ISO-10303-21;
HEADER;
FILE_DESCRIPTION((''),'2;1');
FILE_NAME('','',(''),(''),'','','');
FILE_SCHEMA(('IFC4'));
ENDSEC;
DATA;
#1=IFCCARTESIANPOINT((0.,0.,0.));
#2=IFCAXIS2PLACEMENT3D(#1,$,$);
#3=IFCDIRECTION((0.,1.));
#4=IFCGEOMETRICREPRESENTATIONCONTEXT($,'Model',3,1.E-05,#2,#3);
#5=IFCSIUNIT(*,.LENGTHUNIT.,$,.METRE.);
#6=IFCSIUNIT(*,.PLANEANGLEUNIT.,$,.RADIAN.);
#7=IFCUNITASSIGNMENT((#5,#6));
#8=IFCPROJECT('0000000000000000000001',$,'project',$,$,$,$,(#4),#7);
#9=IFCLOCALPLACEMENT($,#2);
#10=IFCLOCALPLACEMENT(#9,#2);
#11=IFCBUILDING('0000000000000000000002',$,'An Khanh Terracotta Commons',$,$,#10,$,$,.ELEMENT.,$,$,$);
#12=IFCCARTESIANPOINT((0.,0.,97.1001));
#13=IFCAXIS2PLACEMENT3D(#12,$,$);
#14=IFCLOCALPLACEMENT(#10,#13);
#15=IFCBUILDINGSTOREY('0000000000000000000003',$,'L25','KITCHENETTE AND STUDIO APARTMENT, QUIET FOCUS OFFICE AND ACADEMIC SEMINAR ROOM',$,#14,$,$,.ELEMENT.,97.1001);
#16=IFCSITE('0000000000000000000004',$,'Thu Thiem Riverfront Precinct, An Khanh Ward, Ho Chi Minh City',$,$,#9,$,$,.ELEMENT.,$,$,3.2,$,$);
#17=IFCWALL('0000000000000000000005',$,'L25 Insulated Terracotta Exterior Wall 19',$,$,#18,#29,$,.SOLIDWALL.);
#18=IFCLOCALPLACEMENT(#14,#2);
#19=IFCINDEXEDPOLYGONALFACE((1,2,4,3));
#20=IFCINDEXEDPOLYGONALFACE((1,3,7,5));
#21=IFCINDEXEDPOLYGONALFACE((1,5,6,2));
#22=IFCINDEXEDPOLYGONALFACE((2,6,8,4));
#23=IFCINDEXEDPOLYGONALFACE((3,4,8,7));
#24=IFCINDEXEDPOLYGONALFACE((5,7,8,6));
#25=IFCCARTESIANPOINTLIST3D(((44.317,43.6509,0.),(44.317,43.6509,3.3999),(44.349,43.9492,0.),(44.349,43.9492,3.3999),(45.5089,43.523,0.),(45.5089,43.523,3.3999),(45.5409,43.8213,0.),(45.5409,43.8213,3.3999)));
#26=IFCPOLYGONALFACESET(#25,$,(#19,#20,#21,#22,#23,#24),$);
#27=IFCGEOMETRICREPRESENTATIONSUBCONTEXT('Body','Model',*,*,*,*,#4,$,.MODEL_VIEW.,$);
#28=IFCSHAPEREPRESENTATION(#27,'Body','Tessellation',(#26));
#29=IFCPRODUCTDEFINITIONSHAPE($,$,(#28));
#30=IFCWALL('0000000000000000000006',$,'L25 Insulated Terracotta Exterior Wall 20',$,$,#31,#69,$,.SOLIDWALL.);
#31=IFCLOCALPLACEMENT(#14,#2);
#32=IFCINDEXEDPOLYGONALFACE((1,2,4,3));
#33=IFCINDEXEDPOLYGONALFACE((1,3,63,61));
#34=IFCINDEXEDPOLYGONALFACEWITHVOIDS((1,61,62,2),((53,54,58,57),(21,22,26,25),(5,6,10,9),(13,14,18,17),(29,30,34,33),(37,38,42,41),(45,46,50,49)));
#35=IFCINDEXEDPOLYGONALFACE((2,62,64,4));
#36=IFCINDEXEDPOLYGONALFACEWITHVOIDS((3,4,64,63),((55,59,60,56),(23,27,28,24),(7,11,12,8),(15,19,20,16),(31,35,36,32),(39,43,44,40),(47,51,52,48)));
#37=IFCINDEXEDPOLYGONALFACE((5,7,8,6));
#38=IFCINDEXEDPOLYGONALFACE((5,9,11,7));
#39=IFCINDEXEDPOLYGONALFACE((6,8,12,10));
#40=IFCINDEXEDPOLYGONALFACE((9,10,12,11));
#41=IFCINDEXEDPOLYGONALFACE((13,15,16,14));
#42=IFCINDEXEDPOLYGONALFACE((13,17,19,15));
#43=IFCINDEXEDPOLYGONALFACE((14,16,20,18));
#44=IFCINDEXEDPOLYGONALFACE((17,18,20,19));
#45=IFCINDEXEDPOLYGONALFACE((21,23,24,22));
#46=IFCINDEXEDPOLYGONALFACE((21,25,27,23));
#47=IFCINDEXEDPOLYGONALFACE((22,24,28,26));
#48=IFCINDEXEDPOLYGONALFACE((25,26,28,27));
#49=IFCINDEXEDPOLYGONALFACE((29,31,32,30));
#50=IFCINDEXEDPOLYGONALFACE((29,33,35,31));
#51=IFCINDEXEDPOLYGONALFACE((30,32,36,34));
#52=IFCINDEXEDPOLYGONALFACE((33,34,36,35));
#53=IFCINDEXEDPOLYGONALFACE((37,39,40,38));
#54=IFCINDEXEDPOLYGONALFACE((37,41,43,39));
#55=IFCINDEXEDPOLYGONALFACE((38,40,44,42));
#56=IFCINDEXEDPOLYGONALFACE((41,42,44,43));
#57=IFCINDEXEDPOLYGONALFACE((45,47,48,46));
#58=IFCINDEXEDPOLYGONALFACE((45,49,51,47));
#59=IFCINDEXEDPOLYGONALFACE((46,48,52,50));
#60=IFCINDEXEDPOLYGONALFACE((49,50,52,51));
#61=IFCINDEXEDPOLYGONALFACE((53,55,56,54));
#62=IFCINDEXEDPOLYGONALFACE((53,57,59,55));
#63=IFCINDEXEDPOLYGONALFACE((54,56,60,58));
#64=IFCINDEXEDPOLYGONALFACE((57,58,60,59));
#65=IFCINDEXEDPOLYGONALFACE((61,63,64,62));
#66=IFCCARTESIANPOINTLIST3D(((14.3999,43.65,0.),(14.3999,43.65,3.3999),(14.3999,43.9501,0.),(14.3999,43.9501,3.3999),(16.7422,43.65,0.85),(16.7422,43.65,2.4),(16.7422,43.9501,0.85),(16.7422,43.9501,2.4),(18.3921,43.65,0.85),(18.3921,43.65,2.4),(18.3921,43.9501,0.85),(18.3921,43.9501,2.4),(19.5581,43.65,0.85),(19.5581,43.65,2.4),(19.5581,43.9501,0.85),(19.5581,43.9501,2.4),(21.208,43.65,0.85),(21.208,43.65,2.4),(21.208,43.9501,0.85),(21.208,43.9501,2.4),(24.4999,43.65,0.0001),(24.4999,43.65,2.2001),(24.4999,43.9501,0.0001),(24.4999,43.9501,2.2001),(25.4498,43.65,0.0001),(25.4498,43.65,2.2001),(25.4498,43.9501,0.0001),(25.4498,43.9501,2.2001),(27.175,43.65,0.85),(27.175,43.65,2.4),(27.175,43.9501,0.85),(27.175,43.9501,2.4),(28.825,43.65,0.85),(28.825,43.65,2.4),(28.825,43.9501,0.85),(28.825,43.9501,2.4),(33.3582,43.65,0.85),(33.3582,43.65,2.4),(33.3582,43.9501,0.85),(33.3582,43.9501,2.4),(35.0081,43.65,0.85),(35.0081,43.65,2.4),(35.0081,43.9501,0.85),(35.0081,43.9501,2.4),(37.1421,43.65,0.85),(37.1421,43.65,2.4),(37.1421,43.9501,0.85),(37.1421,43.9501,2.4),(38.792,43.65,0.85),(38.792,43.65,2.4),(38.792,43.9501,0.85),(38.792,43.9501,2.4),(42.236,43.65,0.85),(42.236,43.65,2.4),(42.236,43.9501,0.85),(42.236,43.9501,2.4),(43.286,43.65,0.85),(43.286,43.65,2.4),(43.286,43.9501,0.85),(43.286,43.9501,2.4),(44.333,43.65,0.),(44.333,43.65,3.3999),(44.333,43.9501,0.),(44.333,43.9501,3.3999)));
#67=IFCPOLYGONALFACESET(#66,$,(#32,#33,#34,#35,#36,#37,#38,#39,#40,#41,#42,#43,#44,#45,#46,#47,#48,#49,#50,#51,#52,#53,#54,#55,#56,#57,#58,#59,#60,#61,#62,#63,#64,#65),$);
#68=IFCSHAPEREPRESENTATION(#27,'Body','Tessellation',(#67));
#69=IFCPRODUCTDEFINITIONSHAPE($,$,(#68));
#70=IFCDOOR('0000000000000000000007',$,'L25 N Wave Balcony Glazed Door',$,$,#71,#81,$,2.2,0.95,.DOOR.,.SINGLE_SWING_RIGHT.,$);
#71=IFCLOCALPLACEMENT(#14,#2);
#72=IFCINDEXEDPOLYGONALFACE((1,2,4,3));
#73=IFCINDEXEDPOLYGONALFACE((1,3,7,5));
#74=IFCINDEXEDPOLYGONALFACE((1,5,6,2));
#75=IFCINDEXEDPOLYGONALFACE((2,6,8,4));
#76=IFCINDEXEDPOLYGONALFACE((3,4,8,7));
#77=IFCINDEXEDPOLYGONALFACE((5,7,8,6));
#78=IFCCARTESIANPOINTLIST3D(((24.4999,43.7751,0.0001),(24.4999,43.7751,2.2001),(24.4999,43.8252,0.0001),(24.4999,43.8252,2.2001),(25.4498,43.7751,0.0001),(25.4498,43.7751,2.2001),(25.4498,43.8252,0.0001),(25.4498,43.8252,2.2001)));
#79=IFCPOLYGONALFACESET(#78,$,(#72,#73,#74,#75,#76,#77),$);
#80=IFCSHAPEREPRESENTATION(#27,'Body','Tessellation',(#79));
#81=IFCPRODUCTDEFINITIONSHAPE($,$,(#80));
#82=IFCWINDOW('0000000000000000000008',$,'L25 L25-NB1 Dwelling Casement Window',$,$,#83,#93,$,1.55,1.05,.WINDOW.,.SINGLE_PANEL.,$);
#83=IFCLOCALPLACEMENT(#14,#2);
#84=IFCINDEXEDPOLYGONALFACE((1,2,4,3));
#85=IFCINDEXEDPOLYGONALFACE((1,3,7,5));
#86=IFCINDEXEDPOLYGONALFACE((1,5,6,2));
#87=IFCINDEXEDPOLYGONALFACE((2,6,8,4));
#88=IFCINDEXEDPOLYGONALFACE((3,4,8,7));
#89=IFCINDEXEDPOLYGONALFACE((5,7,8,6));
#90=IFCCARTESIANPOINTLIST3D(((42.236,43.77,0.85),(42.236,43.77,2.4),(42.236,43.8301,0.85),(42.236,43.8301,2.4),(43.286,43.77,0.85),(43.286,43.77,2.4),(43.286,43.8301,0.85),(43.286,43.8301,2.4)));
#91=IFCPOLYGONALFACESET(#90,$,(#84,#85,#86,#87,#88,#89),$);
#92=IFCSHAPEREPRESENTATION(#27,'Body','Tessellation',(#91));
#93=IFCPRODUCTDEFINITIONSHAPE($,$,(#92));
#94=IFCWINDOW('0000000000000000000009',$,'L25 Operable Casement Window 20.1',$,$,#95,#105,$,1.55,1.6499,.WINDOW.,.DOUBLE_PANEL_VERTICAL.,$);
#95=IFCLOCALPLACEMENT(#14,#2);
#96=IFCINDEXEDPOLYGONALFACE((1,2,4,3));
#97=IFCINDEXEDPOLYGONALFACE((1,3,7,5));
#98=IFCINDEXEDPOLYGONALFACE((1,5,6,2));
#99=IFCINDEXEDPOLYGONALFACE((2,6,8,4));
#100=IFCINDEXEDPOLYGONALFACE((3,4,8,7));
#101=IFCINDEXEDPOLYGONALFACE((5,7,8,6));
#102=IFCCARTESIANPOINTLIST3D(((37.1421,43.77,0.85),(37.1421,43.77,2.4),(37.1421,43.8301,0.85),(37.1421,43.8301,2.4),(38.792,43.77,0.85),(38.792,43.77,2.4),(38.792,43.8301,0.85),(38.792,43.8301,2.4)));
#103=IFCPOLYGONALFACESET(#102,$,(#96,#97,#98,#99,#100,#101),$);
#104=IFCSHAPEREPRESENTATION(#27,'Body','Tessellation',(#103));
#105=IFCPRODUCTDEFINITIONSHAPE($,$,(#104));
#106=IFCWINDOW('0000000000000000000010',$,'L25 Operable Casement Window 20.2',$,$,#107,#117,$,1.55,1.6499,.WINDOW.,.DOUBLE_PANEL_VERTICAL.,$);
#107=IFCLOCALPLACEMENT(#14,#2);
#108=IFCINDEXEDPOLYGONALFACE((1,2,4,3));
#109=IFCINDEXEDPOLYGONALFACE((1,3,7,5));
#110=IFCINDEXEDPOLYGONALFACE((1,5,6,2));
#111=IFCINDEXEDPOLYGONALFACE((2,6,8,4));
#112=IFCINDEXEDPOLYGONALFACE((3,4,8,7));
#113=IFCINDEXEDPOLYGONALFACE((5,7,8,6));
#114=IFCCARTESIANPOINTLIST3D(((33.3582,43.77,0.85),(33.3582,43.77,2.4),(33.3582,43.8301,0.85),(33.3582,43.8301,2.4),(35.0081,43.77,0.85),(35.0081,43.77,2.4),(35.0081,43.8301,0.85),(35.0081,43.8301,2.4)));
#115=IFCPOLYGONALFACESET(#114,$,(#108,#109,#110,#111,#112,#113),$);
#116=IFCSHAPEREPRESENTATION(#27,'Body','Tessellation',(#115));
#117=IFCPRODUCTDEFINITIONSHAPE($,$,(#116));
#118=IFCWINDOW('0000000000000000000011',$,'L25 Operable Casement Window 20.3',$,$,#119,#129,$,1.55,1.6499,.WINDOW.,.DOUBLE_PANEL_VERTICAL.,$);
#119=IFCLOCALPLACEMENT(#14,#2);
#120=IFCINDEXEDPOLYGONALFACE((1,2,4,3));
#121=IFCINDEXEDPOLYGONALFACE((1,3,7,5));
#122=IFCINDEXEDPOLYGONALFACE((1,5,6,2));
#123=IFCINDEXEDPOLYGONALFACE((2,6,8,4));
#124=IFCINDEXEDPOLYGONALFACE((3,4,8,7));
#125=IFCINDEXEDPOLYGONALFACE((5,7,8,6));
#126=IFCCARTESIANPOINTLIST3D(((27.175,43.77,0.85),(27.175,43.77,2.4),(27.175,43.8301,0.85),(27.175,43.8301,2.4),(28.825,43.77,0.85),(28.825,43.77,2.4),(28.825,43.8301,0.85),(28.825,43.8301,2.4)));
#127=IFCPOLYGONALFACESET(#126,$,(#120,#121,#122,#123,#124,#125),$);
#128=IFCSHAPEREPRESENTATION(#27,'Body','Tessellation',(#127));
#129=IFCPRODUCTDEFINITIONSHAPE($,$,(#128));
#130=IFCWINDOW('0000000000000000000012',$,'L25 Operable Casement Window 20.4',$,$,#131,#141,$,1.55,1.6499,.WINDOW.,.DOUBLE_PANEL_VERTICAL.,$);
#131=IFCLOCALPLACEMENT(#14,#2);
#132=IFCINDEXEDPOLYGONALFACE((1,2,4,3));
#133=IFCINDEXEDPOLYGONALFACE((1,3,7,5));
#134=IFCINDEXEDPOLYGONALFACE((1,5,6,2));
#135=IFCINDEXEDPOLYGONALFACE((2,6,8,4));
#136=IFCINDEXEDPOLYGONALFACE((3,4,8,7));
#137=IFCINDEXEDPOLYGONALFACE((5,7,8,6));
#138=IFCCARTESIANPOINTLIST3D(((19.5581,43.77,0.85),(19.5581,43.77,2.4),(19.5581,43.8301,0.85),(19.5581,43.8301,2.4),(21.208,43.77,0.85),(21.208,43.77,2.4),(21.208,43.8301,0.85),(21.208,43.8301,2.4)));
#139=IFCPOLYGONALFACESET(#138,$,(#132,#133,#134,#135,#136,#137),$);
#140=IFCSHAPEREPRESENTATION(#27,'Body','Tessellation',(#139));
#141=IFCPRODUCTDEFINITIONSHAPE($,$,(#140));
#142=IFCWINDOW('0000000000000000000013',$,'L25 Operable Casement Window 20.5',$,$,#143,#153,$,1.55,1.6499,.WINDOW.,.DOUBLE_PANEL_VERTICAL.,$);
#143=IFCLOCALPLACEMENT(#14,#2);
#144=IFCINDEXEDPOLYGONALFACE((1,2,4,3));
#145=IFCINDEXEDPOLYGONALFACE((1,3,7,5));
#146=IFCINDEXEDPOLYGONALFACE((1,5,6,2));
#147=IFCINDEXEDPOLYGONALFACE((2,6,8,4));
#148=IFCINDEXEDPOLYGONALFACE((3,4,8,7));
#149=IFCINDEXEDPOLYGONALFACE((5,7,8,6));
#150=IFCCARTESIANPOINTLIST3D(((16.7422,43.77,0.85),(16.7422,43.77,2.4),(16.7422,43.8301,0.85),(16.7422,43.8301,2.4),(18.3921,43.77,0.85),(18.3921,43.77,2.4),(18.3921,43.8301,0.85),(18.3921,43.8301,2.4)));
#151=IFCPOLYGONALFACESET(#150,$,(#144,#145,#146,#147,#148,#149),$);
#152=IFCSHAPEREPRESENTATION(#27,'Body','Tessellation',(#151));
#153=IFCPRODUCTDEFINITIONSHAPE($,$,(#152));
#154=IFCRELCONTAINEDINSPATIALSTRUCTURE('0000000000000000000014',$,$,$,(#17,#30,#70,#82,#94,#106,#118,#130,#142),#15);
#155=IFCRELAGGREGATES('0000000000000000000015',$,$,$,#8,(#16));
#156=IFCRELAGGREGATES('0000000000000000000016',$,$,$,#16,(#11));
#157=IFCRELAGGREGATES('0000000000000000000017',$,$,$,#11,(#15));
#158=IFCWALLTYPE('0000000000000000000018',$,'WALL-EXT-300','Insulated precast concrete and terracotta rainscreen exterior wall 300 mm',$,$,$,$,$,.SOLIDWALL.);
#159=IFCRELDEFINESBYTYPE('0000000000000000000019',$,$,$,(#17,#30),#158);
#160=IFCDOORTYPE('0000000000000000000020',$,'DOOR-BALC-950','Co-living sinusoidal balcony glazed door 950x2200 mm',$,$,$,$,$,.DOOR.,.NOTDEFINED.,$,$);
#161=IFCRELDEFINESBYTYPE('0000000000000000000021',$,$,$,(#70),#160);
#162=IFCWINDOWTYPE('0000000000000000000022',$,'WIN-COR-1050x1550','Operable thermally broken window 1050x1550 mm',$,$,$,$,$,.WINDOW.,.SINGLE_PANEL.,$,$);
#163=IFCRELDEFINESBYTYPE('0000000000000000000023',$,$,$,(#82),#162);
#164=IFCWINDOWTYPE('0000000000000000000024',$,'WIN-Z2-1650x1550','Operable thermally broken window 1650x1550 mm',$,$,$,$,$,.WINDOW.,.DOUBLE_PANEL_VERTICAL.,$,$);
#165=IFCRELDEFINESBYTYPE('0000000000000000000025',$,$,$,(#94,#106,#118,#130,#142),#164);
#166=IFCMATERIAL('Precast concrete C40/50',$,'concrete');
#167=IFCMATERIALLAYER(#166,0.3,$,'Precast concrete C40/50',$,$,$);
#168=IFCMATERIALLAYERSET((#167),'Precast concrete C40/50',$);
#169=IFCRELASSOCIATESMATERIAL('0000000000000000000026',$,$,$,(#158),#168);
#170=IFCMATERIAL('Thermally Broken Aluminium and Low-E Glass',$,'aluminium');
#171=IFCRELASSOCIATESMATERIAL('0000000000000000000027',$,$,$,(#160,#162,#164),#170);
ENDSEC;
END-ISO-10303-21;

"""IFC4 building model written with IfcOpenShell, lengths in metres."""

from ifc_helpers import new_model, si_unit, direction, frame, frame_2d, origin, place, context, subcontext, project, spatial, rectangle, extrude, material, layer, layer_set, type_object, element, fill, save


model = new_model("IFC4")

# Units and contexts
model_context = context("Model", 3, precision=1e-05, world=origin(), true_north=direction((0.0, 1.0)))
body_context = subcontext(model_context, "Body", "Model", "MODEL_VIEW")
ifc_project = project(units=[si_unit("LENGTHUNIT", "METRE"), si_unit("PLANEANGLEUNIT", "RADIAN")], contexts=[model_context])

# Site, building, storey
site_placement = place(None, origin())
site = spatial("IfcSite", under=ifc_project, at=site_placement, Name="Thu Thiem Riverfront Precinct, An Khanh Ward, Ho Chi Minh City", CompositionType="ELEMENT", RefElevation=3.2)
building_placement = place(site_placement, origin())
building = spatial("IfcBuilding", under=site, at=building_placement, Name="An Khanh Terracotta Commons", CompositionType="ELEMENT")
storey_placement = place(building_placement, frame((0.0, 0.0, 97.1001)))
storey = spatial("IfcBuildingStorey", under=building, at=storey_placement, Name="L25", Description="KITCHENETTE AND STUDIO APARTMENT, QUIET FOCUS OFFICE AND ACADEMIC SEMINAR ROOM", CompositionType="ELEMENT", Elevation=97.1001)

# Wall
ifc_material_1 = material(Name="Precast concrete C40/50", Category="concrete")
ifc_layer_1 = layer(ifc_material_1, 0.3, Name="Precast concrete C40/50")
ifc_layer_set_1 = layer_set([ifc_layer_1], Name="Precast concrete C40/50")
wall_type_1 = type_object("IfcWallType", Name="WALL-EXT-300", Description="Insulated precast concrete and terracotta rainscreen exterior wall 300 mm", PredefinedType="SOLIDWALL", material=ifc_layer_set_1)
wall_1_placement = place(storey_placement, frame((45.5249, 43.6721, 0.0), z_axis=(0.0, 0.0, 1.0), x_axis=(-0.994289, 0.10672, 0.0)))
element("IfcWall", 1, at=wall_1_placement, inside=storey, type_object=wall_type_1, Name="L25 Insulated Terracotta Exterior Wall 19", PredefinedType="SOLIDWALL", context=body_context, shape_type="SweptSolid", body=[
    extrude(rectangle(XDim=1.1987, YDim=0.3, at=frame_2d((0.5994, 0.0))), origin(), (0.0, 0.0, 1.0), 3.3999),
])

# Wall, openings, door, windows
wall_2_placement = place(storey_placement, frame((44.333, 43.8, 0.0), z_axis=(0.0, 0.0, 1.0), x_axis=(-1.0, 0.0, 0.0)))
wall_2 = element("IfcWall", 2, at=wall_2_placement, inside=storey, type_object=wall_type_1, Name="L25 Insulated Terracotta Exterior Wall 20", PredefinedType="SOLIDWALL", context=body_context, shape_type="SweptSolid", body=[
    extrude(rectangle(XDim=29.9331, YDim=0.3, at=frame_2d((14.9666, 0.0))), origin(), (0.0, 0.0, 1.0), 3.3999),
])
opening_1_placement = place(wall_2_placement, frame((18.8831, 0.0, 0.0)))
opening_1 = element("IfcOpeningElement", 3, at=opening_1_placement, cuts=wall_2, PredefinedType="OPENING", context=body_context, shape_type="SweptSolid", body=[
    extrude(rectangle(XDim=0.95, YDim=2.2, at=frame_2d((0.4751, 1.1001))), frame((0.0, 0.1599, 0.0), z_axis=(0.0, -1.0, 0.0), x_axis=(1.0, 0.0, 0.0)), (0.0, 0.0, 1.0), 0.3201),
])
opening_2_placement = place(wall_2_placement, frame((5.541, 0.0, 0.8501)))
opening_2 = element("IfcOpeningElement", 4, at=opening_2_placement, cuts=wall_2, PredefinedType="OPENING", context=body_context, shape_type="SweptSolid", body=[
    extrude(rectangle(XDim=1.6499, YDim=1.55, at=frame_2d((0.825, 0.7749))), frame((0.0, 0.1599, 0.0), z_axis=(0.0, -1.0, 0.0), x_axis=(1.0, 0.0, 0.0)), (0.0, 0.0, 1.0), 0.3201),
])
opening_3_placement = place(wall_2_placement, frame((9.325, 0.0, 0.8501)))
opening_3 = element("IfcOpeningElement", 5, at=opening_3_placement, cuts=wall_2, PredefinedType="OPENING", context=body_context, shape_type="SweptSolid", body=[
    extrude(rectangle(XDim=1.6499, YDim=1.55, at=frame_2d((0.825, 0.7749))), frame((0.0, 0.1599, 0.0), z_axis=(0.0, -1.0, 0.0), x_axis=(1.0, 0.0, 0.0)), (0.0, 0.0, 1.0), 0.3201),
])
opening_4_placement = place(wall_2_placement, frame((15.5081, 0.0, 0.8501)))
opening_4 = element("IfcOpeningElement", 6, at=opening_4_placement, cuts=wall_2, PredefinedType="OPENING", context=body_context, shape_type="SweptSolid", body=[
    extrude(rectangle(XDim=1.6499, YDim=1.55, at=frame_2d((0.825, 0.7749))), frame((0.0, 0.1599, 0.0), z_axis=(0.0, -1.0, 0.0), x_axis=(1.0, 0.0, 0.0)), (0.0, 0.0, 1.0), 0.3201),
])
opening_5_placement = place(wall_2_placement, frame((23.125, 0.0, 0.8501)))
opening_5 = element("IfcOpeningElement", 7, at=opening_5_placement, cuts=wall_2, PredefinedType="OPENING", context=body_context, shape_type="SweptSolid", body=[
    extrude(rectangle(XDim=1.6499, YDim=1.55, at=frame_2d((0.825, 0.7749))), frame((0.0, 0.1599, 0.0), z_axis=(0.0, -1.0, 0.0), x_axis=(1.0, 0.0, 0.0)), (0.0, 0.0, 1.0), 0.3201),
])
opening_6_placement = place(wall_2_placement, frame((25.9409, 0.0, 0.8501)))
opening_6 = element("IfcOpeningElement", 8, at=opening_6_placement, cuts=wall_2, PredefinedType="OPENING", context=body_context, shape_type="SweptSolid", body=[
    extrude(rectangle(XDim=1.6499, YDim=1.55, at=frame_2d((0.825, 0.7749))), frame((0.0, 0.1599, 0.0), z_axis=(0.0, -1.0, 0.0), x_axis=(1.0, 0.0, 0.0)), (0.0, 0.0, 1.0), 0.3201),
])
opening_7_placement = place(wall_2_placement, frame((1.0471, 0.0, 0.8501)))
opening_7 = element("IfcOpeningElement", 9, at=opening_7_placement, cuts=wall_2, PredefinedType="OPENING", context=body_context, shape_type="SweptSolid", body=[
    extrude(rectangle(XDim=1.05, YDim=1.55, at=frame_2d((0.5249, 0.7749))), frame((0.0, 0.1599, 0.0), z_axis=(0.0, -1.0, 0.0), x_axis=(1.0, 0.0, 0.0)), (0.0, 0.0, 1.0), 0.3201),
])
ifc_material_2 = material(Name="Thermally Broken Aluminium and Low-E Glass", Category="aluminium")
door_type = type_object("IfcDoorType", Name="DOOR-BALC-950", Description="Co-living sinusoidal balcony glazed door 950x2200 mm", OperationType="NOTDEFINED", PredefinedType="DOOR", material=ifc_material_2)
door_placement = place(opening_1_placement, origin())
door = element("IfcDoor", 10, at=door_placement, inside=storey, type_object=door_type, Name="L25 N Wave Balcony Glazed Door", OperationType="SINGLE_SWING_RIGHT", OverallHeight=2.2, OverallWidth=0.95, PredefinedType="DOOR", context=body_context, shape_type="SweptSolid", body=[
    extrude(rectangle(XDim=0.95, YDim=2.2, at=frame_2d((0.4751, 1.1001))), frame((0.0, 0.0249, 0.0), z_axis=(0.0, -1.0, 0.0), x_axis=(1.0, 0.0, 0.0)), (0.0, 0.0, 1.0), 0.05),
])
fill(opening_1, door)
window_type_1 = type_object("IfcWindowType", Name="WIN-COR-1050x1550", Description="Operable thermally broken window 1050x1550 mm", PartitioningType="SINGLE_PANEL", PredefinedType="WINDOW", material=ifc_material_2)
window_1_placement = place(opening_7_placement, origin())
window_1 = element("IfcWindow", 11, at=window_1_placement, inside=storey, type_object=window_type_1, Name="L25 L25-NB1 Dwelling Casement Window", OverallHeight=1.55, OverallWidth=1.05, PartitioningType="SINGLE_PANEL", PredefinedType="WINDOW", context=body_context, shape_type="SweptSolid", body=[
    extrude(rectangle(XDim=1.05, YDim=1.55, at=frame_2d((0.5249, 0.7749))), frame((0.0, 0.03, 0.0), z_axis=(0.0, -1.0, 0.0), x_axis=(1.0, 0.0, 0.0)), (0.0, 0.0, 1.0), 0.0601),
])
fill(opening_7, window_1)
window_type_2 = type_object("IfcWindowType", Name="WIN-Z2-1650x1550", Description="Operable thermally broken window 1650x1550 mm", PartitioningType="DOUBLE_PANEL_VERTICAL", PredefinedType="WINDOW", material=ifc_material_2)
window_2_placement = place(opening_2_placement, origin())
window_2 = element("IfcWindow", 12, at=window_2_placement, inside=storey, type_object=window_type_2, Name="L25 Operable Casement Window 20.1", OverallHeight=1.55, OverallWidth=1.6499, PartitioningType="DOUBLE_PANEL_VERTICAL", PredefinedType="WINDOW", context=body_context, shape_type="SweptSolid", body=[
    extrude(rectangle(XDim=1.6499, YDim=1.55, at=frame_2d((0.825, 0.7749))), frame((0.0, 0.03, 0.0), z_axis=(0.0, -1.0, 0.0), x_axis=(1.0, 0.0, 0.0)), (0.0, 0.0, 1.0), 0.0601),
])
fill(opening_2, window_2)
window_3_placement = place(opening_3_placement, origin())
window_3 = element("IfcWindow", 13, at=window_3_placement, inside=storey, type_object=window_type_2, Name="L25 Operable Casement Window 20.2", OverallHeight=1.55, OverallWidth=1.6499, PartitioningType="DOUBLE_PANEL_VERTICAL", PredefinedType="WINDOW", context=body_context, shape_type="SweptSolid", body=[
    extrude(rectangle(XDim=1.6499, YDim=1.55, at=frame_2d((0.825, 0.7749))), frame((0.0, 0.03, 0.0), z_axis=(0.0, -1.0, 0.0), x_axis=(1.0, 0.0, 0.0)), (0.0, 0.0, 1.0), 0.0601),
])
fill(opening_3, window_3)
window_4_placement = place(opening_4_placement, origin())
window_4 = element("IfcWindow", 14, at=window_4_placement, inside=storey, type_object=window_type_2, Name="L25 Operable Casement Window 20.3", OverallHeight=1.55, OverallWidth=1.6499, PartitioningType="DOUBLE_PANEL_VERTICAL", PredefinedType="WINDOW", context=body_context, shape_type="SweptSolid", body=[
    extrude(rectangle(XDim=1.6499, YDim=1.55, at=frame_2d((0.825, 0.7749))), frame((0.0, 0.03, 0.0), z_axis=(0.0, -1.0, 0.0), x_axis=(1.0, 0.0, 0.0)), (0.0, 0.0, 1.0), 0.0601),
])
fill(opening_4, window_4)
window_5_placement = place(opening_5_placement, origin())
window_5 = element("IfcWindow", 15, at=window_5_placement, inside=storey, type_object=window_type_2, Name="L25 Operable Casement Window 20.4", OverallHeight=1.55, OverallWidth=1.6499, PartitioningType="DOUBLE_PANEL_VERTICAL", PredefinedType="WINDOW", context=body_context, shape_type="SweptSolid", body=[
    extrude(rectangle(XDim=1.6499, YDim=1.55, at=frame_2d((0.825, 0.7749))), frame((0.0, 0.03, 0.0), z_axis=(0.0, -1.0, 0.0), x_axis=(1.0, 0.0, 0.0)), (0.0, 0.0, 1.0), 0.0601),
])
fill(opening_5, window_5)
window_6_placement = place(opening_6_placement, origin())
window_6 = element("IfcWindow", 16, at=window_6_placement, inside=storey, type_object=window_type_2, Name="L25 Operable Casement Window 20.5", OverallHeight=1.55, OverallWidth=1.6499, PartitioningType="DOUBLE_PANEL_VERTICAL", PredefinedType="WINDOW", context=body_context, shape_type="SweptSolid", body=[
    extrude(rectangle(XDim=1.6499, YDim=1.55, at=frame_2d((0.825, 0.7749))), frame((0.0, 0.03, 0.0), z_axis=(0.0, -1.0, 0.0), x_axis=(1.0, 0.0, 0.0)), (0.0, 0.0, 1.0), 0.0601),
])
fill(opening_6, window_6)

save(model, "model.ifc")
